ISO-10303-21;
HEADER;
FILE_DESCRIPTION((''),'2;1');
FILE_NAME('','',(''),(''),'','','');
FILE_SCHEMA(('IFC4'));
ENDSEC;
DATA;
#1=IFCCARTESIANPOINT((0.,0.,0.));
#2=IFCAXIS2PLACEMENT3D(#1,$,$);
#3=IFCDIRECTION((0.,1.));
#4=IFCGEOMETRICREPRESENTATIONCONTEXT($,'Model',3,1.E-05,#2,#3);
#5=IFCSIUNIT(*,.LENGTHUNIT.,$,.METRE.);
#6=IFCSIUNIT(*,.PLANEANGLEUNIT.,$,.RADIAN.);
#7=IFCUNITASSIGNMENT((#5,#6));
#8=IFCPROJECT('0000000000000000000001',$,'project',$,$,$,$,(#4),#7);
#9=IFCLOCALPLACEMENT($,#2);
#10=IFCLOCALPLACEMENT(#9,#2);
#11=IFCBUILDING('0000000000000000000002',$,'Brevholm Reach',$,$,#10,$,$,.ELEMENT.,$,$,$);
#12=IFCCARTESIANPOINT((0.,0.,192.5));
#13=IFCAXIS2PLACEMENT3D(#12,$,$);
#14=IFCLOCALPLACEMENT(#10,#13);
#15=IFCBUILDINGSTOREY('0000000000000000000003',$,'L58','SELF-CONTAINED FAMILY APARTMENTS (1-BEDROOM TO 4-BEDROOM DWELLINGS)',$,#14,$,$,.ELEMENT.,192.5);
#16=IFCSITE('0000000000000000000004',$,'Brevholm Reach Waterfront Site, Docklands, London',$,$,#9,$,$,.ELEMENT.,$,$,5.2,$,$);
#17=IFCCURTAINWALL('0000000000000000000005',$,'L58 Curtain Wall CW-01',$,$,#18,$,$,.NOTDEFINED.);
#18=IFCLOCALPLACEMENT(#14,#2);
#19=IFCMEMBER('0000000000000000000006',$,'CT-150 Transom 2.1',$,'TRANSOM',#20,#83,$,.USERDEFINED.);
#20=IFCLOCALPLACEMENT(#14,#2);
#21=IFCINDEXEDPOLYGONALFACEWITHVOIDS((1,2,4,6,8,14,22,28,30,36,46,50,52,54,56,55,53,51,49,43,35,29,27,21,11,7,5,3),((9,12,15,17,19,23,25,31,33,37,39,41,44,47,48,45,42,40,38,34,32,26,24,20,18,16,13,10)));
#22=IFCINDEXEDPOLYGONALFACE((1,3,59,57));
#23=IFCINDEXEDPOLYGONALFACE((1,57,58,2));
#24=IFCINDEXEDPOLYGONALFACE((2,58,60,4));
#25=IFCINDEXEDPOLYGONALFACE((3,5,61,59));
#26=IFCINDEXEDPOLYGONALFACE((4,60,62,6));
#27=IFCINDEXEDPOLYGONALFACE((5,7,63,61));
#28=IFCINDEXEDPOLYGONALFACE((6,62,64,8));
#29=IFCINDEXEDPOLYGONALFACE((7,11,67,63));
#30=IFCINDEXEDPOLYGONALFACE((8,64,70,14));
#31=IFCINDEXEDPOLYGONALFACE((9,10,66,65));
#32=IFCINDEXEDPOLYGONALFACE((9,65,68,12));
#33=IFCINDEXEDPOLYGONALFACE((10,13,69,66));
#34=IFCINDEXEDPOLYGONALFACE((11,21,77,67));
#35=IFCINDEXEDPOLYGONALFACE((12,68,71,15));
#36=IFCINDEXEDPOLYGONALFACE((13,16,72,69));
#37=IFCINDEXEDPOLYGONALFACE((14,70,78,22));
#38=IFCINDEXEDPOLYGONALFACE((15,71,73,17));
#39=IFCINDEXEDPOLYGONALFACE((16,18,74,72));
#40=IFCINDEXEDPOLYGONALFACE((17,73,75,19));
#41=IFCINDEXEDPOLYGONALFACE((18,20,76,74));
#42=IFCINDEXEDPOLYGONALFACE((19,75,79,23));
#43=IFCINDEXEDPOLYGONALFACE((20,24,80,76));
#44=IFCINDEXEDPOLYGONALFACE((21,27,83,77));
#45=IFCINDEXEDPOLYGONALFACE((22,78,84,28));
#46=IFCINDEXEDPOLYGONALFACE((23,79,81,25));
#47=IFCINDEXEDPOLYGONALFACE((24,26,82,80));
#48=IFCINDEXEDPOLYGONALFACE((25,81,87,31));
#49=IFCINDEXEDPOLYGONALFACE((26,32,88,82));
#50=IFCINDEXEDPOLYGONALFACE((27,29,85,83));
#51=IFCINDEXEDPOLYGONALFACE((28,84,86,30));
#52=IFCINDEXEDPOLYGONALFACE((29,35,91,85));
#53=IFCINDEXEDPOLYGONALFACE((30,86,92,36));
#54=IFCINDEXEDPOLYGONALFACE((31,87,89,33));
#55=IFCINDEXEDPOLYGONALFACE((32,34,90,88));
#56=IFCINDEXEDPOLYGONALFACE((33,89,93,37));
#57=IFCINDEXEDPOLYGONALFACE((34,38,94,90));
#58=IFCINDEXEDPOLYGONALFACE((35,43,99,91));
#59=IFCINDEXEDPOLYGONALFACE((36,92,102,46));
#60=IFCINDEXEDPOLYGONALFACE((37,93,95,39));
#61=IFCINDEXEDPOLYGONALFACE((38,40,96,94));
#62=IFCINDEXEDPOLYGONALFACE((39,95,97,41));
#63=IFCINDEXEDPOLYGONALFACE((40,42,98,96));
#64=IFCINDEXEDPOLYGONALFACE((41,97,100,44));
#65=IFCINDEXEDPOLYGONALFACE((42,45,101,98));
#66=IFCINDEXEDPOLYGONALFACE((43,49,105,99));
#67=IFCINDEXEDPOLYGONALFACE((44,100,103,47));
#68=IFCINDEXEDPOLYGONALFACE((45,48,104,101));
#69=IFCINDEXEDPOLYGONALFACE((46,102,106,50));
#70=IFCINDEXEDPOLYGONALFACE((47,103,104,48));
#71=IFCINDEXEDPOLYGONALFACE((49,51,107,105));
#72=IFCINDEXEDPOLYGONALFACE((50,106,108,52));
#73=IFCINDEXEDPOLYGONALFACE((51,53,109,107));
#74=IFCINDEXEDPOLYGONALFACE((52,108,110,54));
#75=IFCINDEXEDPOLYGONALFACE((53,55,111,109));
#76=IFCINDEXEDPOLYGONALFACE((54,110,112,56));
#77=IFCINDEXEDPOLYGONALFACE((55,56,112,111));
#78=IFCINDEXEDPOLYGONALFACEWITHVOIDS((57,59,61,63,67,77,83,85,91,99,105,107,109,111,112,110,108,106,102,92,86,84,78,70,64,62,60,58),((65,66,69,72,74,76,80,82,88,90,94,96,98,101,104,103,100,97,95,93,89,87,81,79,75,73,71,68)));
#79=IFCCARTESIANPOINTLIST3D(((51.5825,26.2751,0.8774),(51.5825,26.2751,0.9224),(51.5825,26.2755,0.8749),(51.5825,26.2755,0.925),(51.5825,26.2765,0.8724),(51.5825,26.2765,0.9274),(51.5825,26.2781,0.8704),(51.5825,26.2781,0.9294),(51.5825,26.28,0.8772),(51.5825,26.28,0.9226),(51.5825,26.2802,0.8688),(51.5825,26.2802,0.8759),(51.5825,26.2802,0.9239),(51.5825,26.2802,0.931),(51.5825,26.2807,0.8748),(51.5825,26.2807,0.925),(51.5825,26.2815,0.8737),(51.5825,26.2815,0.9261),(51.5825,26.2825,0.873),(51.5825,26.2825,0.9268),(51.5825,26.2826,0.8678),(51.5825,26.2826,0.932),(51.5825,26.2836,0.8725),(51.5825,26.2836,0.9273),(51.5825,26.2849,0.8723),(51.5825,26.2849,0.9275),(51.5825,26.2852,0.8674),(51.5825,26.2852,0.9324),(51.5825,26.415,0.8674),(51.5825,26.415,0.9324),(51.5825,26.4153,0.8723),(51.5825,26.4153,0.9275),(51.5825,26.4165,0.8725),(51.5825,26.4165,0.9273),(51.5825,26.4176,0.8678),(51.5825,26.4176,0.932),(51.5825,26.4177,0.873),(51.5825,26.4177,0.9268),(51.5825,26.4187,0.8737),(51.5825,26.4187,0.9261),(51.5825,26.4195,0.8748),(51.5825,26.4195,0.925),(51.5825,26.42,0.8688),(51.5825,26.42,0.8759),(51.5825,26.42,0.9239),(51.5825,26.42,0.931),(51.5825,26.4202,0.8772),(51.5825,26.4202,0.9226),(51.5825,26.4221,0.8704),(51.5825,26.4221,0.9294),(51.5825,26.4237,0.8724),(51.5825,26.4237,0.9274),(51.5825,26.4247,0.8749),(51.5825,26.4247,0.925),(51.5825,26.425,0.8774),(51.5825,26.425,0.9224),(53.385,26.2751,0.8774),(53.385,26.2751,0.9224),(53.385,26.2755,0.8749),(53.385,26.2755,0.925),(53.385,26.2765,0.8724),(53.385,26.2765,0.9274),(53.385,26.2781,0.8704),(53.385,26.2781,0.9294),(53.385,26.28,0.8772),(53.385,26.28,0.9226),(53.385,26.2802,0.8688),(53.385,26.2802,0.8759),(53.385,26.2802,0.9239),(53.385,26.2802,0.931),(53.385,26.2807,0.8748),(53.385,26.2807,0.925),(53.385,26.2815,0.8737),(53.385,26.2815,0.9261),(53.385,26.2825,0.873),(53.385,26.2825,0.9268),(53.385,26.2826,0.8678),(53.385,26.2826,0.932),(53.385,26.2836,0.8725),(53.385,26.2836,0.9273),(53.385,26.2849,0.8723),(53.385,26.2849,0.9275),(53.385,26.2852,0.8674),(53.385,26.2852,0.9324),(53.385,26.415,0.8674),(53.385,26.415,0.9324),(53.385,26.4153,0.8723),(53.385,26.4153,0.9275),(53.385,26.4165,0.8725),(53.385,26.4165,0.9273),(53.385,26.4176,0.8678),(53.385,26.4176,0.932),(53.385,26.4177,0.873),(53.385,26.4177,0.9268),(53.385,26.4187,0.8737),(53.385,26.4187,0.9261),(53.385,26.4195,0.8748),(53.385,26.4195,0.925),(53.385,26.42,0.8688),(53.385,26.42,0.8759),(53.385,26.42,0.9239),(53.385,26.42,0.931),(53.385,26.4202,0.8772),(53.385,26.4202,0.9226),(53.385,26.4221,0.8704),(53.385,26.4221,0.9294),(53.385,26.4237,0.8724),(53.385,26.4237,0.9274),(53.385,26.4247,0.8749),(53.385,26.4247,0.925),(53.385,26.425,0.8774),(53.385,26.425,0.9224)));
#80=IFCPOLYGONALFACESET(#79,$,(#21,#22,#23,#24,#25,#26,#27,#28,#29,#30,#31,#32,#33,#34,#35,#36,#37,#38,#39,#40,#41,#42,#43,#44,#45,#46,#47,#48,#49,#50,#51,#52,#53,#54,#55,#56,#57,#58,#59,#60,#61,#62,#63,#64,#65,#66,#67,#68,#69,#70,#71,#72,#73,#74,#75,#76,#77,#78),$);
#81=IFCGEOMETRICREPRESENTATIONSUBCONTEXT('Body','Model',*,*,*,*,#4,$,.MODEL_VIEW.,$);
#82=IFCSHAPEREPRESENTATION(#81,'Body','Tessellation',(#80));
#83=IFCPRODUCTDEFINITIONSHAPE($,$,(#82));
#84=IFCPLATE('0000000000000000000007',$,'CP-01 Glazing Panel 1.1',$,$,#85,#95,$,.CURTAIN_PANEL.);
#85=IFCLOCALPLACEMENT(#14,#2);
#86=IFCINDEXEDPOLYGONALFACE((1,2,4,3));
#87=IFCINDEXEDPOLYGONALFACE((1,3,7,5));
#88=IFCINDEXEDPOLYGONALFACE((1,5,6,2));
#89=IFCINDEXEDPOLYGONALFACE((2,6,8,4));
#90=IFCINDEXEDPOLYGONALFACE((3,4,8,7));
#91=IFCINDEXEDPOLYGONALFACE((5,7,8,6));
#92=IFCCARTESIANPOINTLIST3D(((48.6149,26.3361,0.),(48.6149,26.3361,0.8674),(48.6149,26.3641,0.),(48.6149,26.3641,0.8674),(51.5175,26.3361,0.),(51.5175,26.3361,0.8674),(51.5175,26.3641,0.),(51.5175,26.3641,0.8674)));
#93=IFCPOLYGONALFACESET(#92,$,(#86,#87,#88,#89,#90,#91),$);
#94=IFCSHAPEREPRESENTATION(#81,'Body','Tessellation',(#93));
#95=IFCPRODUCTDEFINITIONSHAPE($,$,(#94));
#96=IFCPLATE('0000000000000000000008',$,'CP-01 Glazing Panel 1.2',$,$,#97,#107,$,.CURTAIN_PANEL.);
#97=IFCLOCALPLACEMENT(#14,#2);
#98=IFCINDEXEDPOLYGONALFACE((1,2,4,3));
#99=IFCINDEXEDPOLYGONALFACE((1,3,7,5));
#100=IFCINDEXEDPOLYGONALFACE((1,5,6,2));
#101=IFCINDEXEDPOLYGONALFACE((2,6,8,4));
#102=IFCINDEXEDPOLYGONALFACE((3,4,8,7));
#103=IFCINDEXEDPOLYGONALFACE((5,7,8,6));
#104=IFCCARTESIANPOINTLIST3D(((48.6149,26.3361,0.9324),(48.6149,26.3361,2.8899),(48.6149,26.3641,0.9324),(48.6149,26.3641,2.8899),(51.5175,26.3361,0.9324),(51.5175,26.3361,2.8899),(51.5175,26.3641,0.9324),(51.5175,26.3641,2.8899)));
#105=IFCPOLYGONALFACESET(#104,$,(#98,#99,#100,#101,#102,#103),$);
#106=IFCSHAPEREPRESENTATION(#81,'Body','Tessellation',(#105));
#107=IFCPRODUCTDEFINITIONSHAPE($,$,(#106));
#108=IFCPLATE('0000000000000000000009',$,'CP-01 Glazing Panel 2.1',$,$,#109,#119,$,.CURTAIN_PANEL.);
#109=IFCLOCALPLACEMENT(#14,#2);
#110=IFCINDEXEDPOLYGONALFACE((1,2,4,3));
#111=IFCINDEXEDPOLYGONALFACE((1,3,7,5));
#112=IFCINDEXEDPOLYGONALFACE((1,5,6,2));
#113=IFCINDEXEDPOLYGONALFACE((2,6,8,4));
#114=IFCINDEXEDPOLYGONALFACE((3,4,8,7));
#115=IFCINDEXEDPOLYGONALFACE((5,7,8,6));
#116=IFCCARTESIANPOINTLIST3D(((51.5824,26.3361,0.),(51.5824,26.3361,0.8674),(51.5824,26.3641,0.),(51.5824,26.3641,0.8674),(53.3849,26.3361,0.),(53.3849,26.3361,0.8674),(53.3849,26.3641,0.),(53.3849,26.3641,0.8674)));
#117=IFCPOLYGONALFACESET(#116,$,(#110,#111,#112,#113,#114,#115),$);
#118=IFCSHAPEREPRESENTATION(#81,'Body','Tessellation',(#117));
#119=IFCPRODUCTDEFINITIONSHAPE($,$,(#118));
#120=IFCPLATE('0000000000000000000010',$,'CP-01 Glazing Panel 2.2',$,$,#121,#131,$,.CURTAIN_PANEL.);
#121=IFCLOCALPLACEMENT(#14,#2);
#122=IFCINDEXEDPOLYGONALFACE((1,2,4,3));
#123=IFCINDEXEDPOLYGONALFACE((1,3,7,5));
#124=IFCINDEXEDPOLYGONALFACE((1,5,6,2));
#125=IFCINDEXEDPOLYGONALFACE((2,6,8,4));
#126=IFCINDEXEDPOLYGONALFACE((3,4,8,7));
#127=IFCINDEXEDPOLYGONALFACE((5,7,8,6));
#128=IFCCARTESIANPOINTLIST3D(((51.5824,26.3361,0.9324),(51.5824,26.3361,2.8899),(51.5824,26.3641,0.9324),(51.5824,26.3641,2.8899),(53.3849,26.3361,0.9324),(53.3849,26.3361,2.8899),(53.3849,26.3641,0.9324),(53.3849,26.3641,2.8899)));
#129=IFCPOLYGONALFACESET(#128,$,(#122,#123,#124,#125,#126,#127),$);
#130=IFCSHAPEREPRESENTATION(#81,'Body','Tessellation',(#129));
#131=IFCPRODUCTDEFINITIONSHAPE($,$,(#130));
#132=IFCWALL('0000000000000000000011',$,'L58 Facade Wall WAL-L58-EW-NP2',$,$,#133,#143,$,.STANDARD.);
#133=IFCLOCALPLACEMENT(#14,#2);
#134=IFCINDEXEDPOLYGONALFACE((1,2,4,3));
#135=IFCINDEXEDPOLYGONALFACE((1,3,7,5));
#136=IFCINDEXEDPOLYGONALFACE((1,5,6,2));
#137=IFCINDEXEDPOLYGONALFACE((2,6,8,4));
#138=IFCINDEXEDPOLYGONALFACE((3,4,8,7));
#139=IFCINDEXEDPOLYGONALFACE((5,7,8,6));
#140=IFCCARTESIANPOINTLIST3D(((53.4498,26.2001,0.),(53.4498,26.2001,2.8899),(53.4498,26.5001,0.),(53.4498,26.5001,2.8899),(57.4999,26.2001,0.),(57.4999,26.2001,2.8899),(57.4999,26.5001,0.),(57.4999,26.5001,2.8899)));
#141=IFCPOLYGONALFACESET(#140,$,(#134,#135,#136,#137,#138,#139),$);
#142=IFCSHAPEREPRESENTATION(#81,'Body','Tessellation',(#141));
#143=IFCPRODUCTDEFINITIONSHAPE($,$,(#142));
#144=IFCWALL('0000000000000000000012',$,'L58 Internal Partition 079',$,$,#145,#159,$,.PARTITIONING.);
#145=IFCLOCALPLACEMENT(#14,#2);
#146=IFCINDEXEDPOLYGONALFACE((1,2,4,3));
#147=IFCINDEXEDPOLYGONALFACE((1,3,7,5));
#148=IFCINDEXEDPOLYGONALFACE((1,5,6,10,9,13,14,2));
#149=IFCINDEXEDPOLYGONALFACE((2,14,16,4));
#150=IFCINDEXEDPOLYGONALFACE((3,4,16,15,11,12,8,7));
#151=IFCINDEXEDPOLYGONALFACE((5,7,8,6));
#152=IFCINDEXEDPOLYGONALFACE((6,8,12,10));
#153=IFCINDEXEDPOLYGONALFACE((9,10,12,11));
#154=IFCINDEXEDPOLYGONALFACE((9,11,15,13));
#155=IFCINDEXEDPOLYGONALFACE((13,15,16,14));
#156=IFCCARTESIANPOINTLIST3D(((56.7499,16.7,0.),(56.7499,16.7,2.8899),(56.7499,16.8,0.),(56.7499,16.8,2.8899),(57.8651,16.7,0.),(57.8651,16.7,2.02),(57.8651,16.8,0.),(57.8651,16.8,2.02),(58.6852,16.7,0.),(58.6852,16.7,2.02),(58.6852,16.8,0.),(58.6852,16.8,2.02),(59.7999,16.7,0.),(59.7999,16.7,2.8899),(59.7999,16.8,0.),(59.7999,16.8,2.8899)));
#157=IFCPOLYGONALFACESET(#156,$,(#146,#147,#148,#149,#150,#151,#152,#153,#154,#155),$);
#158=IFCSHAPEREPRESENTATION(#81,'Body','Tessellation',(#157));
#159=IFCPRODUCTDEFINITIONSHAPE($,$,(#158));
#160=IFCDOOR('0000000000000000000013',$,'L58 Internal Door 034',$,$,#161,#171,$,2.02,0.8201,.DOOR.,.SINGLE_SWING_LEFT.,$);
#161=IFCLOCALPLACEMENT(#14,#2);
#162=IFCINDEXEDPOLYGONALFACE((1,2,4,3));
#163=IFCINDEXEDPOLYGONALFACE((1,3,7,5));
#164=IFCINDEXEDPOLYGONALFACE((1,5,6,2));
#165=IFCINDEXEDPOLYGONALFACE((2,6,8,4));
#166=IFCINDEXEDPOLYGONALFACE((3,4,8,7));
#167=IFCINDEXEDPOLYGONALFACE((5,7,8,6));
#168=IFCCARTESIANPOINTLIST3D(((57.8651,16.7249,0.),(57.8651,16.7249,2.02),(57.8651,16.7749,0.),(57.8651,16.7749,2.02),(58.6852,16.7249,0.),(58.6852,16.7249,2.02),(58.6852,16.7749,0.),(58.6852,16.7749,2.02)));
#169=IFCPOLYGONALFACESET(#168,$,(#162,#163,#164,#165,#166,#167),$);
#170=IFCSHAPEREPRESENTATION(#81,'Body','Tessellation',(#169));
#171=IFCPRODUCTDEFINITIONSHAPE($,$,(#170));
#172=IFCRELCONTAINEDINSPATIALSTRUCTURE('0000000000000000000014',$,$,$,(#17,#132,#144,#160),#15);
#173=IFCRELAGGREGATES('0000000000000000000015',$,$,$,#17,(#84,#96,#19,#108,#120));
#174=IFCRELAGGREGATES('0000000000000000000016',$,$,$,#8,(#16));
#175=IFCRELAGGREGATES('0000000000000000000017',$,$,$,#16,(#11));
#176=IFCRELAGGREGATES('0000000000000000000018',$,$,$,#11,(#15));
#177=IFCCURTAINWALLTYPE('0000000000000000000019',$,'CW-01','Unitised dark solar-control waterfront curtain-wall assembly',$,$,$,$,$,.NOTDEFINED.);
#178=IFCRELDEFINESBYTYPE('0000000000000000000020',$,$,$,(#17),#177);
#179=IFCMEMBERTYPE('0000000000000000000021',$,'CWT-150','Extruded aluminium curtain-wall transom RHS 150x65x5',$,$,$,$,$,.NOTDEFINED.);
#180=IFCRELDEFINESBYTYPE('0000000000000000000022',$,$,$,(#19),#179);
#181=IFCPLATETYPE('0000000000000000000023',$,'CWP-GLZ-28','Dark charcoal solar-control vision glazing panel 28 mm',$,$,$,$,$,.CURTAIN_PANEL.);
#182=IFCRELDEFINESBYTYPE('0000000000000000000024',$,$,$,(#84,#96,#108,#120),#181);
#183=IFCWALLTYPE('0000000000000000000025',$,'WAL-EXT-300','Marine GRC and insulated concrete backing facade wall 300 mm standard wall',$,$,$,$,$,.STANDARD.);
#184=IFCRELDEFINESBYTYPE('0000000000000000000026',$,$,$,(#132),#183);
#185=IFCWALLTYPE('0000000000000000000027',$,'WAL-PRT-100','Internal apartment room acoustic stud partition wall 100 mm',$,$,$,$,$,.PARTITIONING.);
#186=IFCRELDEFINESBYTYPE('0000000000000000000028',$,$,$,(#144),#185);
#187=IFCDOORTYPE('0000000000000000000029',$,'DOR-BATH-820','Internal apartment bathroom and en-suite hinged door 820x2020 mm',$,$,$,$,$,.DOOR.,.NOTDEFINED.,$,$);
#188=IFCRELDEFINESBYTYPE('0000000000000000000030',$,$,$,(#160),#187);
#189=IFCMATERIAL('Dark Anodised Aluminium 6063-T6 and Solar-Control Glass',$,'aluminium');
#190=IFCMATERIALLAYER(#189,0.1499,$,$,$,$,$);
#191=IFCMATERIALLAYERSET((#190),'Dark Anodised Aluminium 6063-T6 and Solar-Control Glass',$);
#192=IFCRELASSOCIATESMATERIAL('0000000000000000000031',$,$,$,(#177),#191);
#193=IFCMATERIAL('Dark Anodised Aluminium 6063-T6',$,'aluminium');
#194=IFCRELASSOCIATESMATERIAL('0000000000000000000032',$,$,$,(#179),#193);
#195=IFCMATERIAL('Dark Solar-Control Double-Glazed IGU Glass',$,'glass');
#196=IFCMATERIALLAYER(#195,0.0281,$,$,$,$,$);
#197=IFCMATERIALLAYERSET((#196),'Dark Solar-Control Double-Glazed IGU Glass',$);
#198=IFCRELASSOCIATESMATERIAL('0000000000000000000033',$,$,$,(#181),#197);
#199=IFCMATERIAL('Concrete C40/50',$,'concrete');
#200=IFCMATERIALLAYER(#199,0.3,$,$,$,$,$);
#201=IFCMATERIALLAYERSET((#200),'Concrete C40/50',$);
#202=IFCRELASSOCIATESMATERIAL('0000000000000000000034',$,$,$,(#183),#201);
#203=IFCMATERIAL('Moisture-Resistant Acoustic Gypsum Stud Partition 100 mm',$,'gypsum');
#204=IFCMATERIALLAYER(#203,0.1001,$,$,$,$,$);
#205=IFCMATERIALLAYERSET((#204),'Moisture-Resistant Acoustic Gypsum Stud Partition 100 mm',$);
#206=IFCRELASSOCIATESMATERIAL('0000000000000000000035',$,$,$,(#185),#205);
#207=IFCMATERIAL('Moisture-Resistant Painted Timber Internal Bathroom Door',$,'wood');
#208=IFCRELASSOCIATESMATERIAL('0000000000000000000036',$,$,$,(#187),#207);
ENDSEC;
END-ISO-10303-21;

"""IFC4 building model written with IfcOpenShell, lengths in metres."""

from ifc_helpers import new_model, si_unit, direction, frame, frame_2d, origin, origin_2d, place, context, subcontext, project, spatial, rectangle, hollow_rectangle, extrude, material, layer, layer_set, material_profile, profile_set, type_object, element, fill, aggregate, save


model = new_model("IFC4")

# Units and contexts
model_context = context("Model", 3, precision=1e-05, world=origin(), true_north=direction((0.0, 1.0)))
body_context = subcontext(model_context, "Body", "Model", "MODEL_VIEW")
ifc_project = project(units=[si_unit("LENGTHUNIT", "METRE"), si_unit("PLANEANGLEUNIT", "RADIAN")], contexts=[model_context])

# Site, building, storey
site_placement = place(None, origin())
site = spatial("IfcSite", under=ifc_project, at=site_placement, Name="Brevholm Reach Waterfront Site, Docklands, London", CompositionType="ELEMENT", RefElevation=5.2)
building_placement = place(site_placement, origin())
building = spatial("IfcBuilding", under=site, at=building_placement, Name="Brevholm Reach", CompositionType="ELEMENT")
storey_placement = place(building_placement, frame((0.0, 0.0, 192.5)))
storey = spatial("IfcBuildingStorey", under=building, at=storey_placement, Name="L58", Description="SELF-CONTAINED FAMILY APARTMENTS (1-BEDROOM TO 4-BEDROOM DWELLINGS)", CompositionType="ELEMENT", Elevation=192.5)

# Curtain wall, member, plates
ifc_material_1 = material(Name="Dark Anodised Aluminium 6063-T6 and Solar-Control Glass", Category="aluminium")
ifc_layer_1 = layer(ifc_material_1, 0.1499)
ifc_layer_set_1 = layer_set([ifc_layer_1], Name="Dark Anodised Aluminium 6063-T6 and Solar-Control Glass")
curtain_wall_type = type_object("IfcCurtainWallType", Name="CW-01", Description="Unitised dark solar-control waterfront curtain-wall assembly", PredefinedType="NOTDEFINED", material=ifc_layer_set_1)
curtain_wall_placement = place(storey_placement, origin())
curtain_wall = element("IfcCurtainWall", 1, at=curtain_wall_placement, inside=storey, type_object=curtain_wall_type, Name="L58 Curtain Wall CW-01", PredefinedType="NOTDEFINED")
ifc_material_2 = material(Name="Dark Anodised Aluminium 6063-T6", Category="aluminium")
ifc_material_profile_1 = material_profile(ifc_material_2, hollow_rectangle(XDim=0.0649, YDim=0.1499, WallThickness=0.0049, InnerFilletRadius=0.0049, OuterFilletRadius=0.01, at=origin_2d()), Name="RHS 150x65x5")
ifc_profile_set_1 = profile_set([ifc_material_profile_1], Name="Dark Anodised Aluminium 6063-T6")
member_type_1 = type_object("IfcMemberType", Name="CWT-150", Description="Extruded aluminium curtain-wall transom RHS 150x65x5", PredefinedType="NOTDEFINED", material=ifc_profile_set_1)
member_1_placement = place(storey_placement, frame((51.5825, 26.3501, 0.8999), z_axis=(1.0, 0.0, 0.0), x_axis=(0.0, 0.0, 1.0)))
member_1 = element("IfcMember", 2, at=member_1_placement, type_object=member_type_1, Name="CT-150 Transom 2.1", ObjectType="TRANSOM", PredefinedType="USERDEFINED", context=body_context, shape_type="SweptSolid", body=[
    extrude(hollow_rectangle(XDim=0.0649, YDim=0.1499, WallThickness=0.0049, InnerFilletRadius=0.0049, OuterFilletRadius=0.01, at=origin_2d()), origin(), (0.0, 0.0, 1.0), 1.8025),
])
ifc_material_3 = material(Name="Dark Solar-Control Double-Glazed IGU Glass", Category="glass")
ifc_layer_2 = layer(ifc_material_3, 0.0281)
ifc_layer_set_2 = layer_set([ifc_layer_2], Name="Dark Solar-Control Double-Glazed IGU Glass")
plate_type = type_object("IfcPlateType", Name="CWP-GLZ-28", Description="Dark charcoal solar-control vision glazing panel 28 mm", PredefinedType="CURTAIN_PANEL", material=ifc_layer_set_2)
plate_1_placement = place(storey_placement, frame((50.0662, 26.3501, 0.0), z_axis=(0.0, 0.0, 1.0), x_axis=(1.0, 0.0, 0.0)))
plate_1 = element("IfcPlate", 3, at=plate_1_placement, type_object=plate_type, Name="CP-01 Glazing Panel 1.1", PredefinedType="CURTAIN_PANEL", context=body_context, shape_type="SweptSolid", body=[
    extrude(rectangle(XDim=2.9026, YDim=0.0281, at=origin_2d()), origin(), (0.0, 0.0, 1.0), 0.8674),
])
plate_2_placement = place(storey_placement, frame((50.0662, 26.3501, 0.9324), z_axis=(0.0, 0.0, 1.0), x_axis=(1.0, 0.0, 0.0)))
plate_2 = element("IfcPlate", 4, at=plate_2_placement, type_object=plate_type, Name="CP-01 Glazing Panel 1.2", PredefinedType="CURTAIN_PANEL", context=body_context, shape_type="SweptSolid", body=[
    extrude(rectangle(XDim=2.9026, YDim=0.0281, at=origin_2d()), origin(), (0.0, 0.0, 1.0), 1.9575),
])
plate_3_placement = place(storey_placement, frame((52.4836, 26.3501, 0.0), z_axis=(0.0, 0.0, 1.0), x_axis=(1.0, 0.0, 0.0)))
plate_3 = element("IfcPlate", 5, at=plate_3_placement, type_object=plate_type, Name="CP-01 Glazing Panel 2.1", PredefinedType="CURTAIN_PANEL", context=body_context, shape_type="SweptSolid", body=[
    extrude(rectangle(XDim=1.8025, YDim=0.0281, at=origin_2d()), origin(), (0.0, 0.0, 1.0), 0.8674),
])
plate_4_placement = place(storey_placement, frame((52.4836, 26.3501, 0.9324), z_axis=(0.0, 0.0, 1.0), x_axis=(1.0, 0.0, 0.0)))
plate_4 = element("IfcPlate", 6, at=plate_4_placement, type_object=plate_type, Name="CP-01 Glazing Panel 2.2", PredefinedType="CURTAIN_PANEL", context=body_context, shape_type="SweptSolid", body=[
    extrude(rectangle(XDim=1.8025, YDim=0.0281, at=origin_2d()), origin(), (0.0, 0.0, 1.0), 1.9575),
])
aggregate(curtain_wall, [plate_1, plate_2, member_1, plate_3, plate_4])

# Wall
ifc_material_4 = material(Name="Concrete C40/50", Category="concrete")
ifc_layer_3 = layer(ifc_material_4, 0.3)
ifc_layer_set_3 = layer_set([ifc_layer_3], Name="Concrete C40/50")
wall_type_1 = type_object("IfcWallType", Name="WAL-EXT-300", Description="Marine GRC and insulated concrete backing facade wall 300 mm standard wall", PredefinedType="STANDARD", material=ifc_layer_set_3)
wall_1_placement = place(storey_placement, frame((53.45, 26.3501, 0.0), z_axis=(0.0, 0.0, 1.0), x_axis=(1.0, 0.0, 0.0)))
element("IfcWall", 7, at=wall_1_placement, inside=storey, type_object=wall_type_1, Name="L58 Facade Wall WAL-L58-EW-NP2", PredefinedType="STANDARD", context=body_context, shape_type="SweptSolid", body=[
    extrude(rectangle(XDim=4.05, YDim=0.3, at=frame_2d((2.0249, 0.0))), origin(), (0.0, 0.0, 1.0), 2.8899),
])

# Wall, opening, door
ifc_material_5 = material(Name="Moisture-Resistant Acoustic Gypsum Stud Partition 100 mm", Category="gypsum")
ifc_layer_4 = layer(ifc_material_5, 0.1001)
ifc_layer_set_4 = layer_set([ifc_layer_4], Name="Moisture-Resistant Acoustic Gypsum Stud Partition 100 mm")
wall_type_2 = type_object("IfcWallType", Name="WAL-PRT-100", Description="Internal apartment room acoustic stud partition wall 100 mm", PredefinedType="PARTITIONING", material=ifc_layer_set_4)
wall_2_placement = place(storey_placement, frame((56.75, 16.75, 0.0), z_axis=(0.0, 0.0, 1.0), x_axis=(1.0, 0.0, 0.0)))
wall_2 = element("IfcWall", 8, at=wall_2_placement, inside=storey, type_object=wall_type_2, Name="L58 Internal Partition 079", PredefinedType="PARTITIONING", context=body_context, shape_type="SweptSolid", body=[
    extrude(rectangle(XDim=3.05, YDim=0.1001, at=frame_2d((1.5249, 0.0))), origin(), (0.0, 0.0, 1.0), 2.8899),
])
opening_1_placement = place(wall_2_placement, frame((1.115, 0.0, 0.0)))
opening_1 = element("IfcOpeningElement", 9, at=opening_1_placement, cuts=wall_2, PredefinedType="OPENING", context=body_context, shape_type="SweptSolid", body=[
    extrude(rectangle(XDim=0.8201, YDim=2.02, at=frame_2d((0.4102, 1.01))), frame((0.0, 0.0601, 0.0), z_axis=(0.0, -1.0, 0.0), x_axis=(1.0, 0.0, 0.0)), (0.0, 0.0, 1.0), 0.1201),
])
ifc_material_6 = material(Name="Moisture-Resistant Painted Timber Internal Bathroom Door", Category="wood")
door_type_1 = type_object("IfcDoorType", Name="DOR-BATH-820", Description="Internal apartment bathroom and en-suite hinged door 820x2020 mm", OperationType="NOTDEFINED", PredefinedType="DOOR", material=ifc_material_6)
door_1_placement = place(opening_1_placement, origin())
door_1 = element("IfcDoor", 10, at=door_1_placement, inside=storey, type_object=door_type_1, Name="L58 Internal Door 034", OperationType="SINGLE_SWING_LEFT", OverallHeight=2.02, OverallWidth=0.8201, PredefinedType="DOOR", context=body_context, shape_type="SweptSolid", body=[
    extrude(rectangle(XDim=0.8201, YDim=2.02, at=frame_2d((0.4102, 1.01))), frame((0.0, 0.0249, 0.0), z_axis=(0.0, -1.0, 0.0), x_axis=(1.0, 0.0, 0.0)), (0.0, 0.0, 1.0), 0.05),
])
fill(opening_1, door_1)

save(model, "model.ifc")
